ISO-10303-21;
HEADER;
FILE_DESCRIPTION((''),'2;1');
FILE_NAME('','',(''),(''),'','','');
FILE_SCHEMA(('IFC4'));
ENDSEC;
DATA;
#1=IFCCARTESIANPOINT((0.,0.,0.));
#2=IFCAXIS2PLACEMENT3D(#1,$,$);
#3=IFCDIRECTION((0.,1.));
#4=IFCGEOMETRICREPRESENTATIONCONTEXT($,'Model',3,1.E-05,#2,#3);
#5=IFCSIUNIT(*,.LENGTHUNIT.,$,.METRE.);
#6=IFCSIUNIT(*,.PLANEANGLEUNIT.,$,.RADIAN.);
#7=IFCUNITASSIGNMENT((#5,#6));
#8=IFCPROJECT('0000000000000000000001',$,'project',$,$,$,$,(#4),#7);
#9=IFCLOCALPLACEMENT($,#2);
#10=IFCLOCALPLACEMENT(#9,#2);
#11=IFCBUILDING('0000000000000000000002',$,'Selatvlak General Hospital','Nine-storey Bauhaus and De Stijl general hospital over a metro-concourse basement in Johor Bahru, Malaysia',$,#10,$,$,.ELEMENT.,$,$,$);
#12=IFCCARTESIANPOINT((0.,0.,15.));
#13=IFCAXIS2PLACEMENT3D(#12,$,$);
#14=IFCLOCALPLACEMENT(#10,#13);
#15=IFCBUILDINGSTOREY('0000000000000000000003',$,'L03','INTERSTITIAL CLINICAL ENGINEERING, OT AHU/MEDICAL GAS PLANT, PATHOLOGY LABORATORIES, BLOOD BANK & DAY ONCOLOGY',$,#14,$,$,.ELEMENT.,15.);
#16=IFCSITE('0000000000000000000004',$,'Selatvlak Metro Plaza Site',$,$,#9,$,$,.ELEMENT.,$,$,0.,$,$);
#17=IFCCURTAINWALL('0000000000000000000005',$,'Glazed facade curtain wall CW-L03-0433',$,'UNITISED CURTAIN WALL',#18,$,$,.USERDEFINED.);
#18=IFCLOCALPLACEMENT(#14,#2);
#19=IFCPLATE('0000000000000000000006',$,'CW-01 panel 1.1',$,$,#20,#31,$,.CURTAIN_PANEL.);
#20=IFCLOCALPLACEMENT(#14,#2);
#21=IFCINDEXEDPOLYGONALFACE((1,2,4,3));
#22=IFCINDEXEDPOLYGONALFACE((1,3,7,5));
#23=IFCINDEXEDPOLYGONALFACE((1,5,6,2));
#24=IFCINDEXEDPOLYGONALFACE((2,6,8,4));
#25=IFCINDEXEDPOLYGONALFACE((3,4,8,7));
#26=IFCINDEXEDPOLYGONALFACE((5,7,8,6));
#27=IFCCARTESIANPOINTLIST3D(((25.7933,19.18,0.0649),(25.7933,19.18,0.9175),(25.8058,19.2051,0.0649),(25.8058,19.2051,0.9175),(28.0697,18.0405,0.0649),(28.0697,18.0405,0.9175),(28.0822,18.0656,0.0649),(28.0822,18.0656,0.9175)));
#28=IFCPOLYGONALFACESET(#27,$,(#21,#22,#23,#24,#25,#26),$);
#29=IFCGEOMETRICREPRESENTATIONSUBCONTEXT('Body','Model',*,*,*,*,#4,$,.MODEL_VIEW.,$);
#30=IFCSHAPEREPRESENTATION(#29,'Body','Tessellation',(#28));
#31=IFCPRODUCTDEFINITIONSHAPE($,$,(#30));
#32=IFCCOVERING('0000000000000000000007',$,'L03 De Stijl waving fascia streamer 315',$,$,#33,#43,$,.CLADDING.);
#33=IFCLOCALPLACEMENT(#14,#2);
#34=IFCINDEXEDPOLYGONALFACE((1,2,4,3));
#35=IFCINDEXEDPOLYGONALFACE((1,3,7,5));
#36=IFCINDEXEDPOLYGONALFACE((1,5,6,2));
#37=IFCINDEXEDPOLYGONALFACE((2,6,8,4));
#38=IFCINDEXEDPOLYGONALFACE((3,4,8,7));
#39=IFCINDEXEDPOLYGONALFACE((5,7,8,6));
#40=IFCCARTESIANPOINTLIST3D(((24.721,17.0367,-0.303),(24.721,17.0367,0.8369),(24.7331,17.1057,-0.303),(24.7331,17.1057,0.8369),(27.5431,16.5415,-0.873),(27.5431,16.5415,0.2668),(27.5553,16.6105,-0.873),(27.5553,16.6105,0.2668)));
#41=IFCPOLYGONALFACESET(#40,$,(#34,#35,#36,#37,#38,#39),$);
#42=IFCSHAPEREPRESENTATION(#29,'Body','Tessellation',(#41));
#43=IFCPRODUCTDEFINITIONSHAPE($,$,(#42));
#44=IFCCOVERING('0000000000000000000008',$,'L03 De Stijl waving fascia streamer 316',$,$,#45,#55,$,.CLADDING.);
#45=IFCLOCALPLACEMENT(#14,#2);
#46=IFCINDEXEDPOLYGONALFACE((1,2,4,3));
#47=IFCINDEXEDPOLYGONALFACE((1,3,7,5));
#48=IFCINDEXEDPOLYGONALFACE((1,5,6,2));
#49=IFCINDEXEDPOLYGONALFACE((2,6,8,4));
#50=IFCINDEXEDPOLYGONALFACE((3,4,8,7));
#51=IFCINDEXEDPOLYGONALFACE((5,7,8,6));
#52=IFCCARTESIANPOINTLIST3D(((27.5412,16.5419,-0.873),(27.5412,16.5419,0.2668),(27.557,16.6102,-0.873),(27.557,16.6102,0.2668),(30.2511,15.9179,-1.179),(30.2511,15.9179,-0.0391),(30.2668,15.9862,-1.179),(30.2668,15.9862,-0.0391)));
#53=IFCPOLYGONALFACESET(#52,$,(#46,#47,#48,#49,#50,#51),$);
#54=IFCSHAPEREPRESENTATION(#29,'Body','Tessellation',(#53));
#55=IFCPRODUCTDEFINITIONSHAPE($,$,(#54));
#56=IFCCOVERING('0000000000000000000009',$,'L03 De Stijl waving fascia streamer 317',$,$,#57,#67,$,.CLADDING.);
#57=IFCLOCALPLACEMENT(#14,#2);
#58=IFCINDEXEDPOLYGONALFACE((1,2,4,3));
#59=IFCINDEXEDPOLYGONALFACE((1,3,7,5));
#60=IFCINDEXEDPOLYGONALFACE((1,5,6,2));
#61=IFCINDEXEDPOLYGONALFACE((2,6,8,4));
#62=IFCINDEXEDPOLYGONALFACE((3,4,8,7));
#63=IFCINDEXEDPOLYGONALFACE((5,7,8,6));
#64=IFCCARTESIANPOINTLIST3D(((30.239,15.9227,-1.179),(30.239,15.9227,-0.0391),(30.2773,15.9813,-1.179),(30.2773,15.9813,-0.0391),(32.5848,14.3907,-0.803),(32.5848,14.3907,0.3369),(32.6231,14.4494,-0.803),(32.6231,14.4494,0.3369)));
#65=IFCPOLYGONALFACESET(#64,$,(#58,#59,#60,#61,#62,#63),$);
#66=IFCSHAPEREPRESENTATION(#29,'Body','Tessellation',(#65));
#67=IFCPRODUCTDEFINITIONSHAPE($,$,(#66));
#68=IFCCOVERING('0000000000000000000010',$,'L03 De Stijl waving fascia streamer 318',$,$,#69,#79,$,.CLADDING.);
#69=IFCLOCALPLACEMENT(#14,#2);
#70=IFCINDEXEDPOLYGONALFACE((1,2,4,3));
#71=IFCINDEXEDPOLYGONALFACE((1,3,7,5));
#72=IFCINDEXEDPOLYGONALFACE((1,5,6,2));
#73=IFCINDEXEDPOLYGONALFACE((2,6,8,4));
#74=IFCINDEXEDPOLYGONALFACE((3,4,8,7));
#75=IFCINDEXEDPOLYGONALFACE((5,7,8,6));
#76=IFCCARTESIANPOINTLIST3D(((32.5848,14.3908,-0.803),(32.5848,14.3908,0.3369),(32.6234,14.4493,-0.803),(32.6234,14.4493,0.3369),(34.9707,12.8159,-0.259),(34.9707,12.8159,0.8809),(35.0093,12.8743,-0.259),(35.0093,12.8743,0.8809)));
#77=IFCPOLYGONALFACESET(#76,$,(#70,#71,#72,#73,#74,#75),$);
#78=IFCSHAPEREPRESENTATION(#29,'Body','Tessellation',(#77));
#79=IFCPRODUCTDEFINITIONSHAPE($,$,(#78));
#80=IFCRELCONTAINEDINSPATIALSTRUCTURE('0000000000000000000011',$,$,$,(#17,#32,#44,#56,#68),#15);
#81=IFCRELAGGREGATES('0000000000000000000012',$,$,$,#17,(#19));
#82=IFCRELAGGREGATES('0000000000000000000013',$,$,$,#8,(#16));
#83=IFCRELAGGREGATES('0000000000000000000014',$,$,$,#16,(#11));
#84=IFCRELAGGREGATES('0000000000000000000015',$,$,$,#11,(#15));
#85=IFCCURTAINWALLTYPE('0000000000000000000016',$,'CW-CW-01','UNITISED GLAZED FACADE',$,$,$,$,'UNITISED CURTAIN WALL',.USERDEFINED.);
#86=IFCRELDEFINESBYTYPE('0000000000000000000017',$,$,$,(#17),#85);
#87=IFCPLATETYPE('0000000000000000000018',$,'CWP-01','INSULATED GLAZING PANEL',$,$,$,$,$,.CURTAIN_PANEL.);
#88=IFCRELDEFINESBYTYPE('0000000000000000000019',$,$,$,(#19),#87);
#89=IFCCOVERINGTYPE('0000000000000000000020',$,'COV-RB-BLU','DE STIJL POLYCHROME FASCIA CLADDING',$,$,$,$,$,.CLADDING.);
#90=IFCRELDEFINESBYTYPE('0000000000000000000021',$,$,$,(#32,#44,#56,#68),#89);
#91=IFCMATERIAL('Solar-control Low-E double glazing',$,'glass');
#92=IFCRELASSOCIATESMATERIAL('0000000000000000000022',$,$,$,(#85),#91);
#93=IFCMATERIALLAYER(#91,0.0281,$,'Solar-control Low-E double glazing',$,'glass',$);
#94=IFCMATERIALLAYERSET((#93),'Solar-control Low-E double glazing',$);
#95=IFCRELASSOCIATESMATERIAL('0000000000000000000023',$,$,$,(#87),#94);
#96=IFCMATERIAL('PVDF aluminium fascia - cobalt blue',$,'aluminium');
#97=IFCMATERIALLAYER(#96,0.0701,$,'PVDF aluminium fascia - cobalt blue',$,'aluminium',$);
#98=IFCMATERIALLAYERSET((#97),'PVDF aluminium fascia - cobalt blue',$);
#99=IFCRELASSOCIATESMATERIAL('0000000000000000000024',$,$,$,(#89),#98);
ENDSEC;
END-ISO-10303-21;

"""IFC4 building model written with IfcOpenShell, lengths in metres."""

from ifc_helpers import new_model, si_unit, direction, frame, origin, origin_2d, place, context, subcontext, project, spatial, polyline, rectangle, outline, extrude, material, layer, layer_set, type_object, element, aggregate, save


model = new_model("IFC4")

# Units and contexts
model_context = context("Model", 3, precision=1e-05, world=origin(), true_north=direction((0.0, 1.0)))
body_context = subcontext(model_context, "Body", "Model", "MODEL_VIEW")
ifc_project = project(units=[si_unit("LENGTHUNIT", "METRE"), si_unit("PLANEANGLEUNIT", "RADIAN")], contexts=[model_context])

# Site, building, storey
site_placement = place(None, origin())
site = spatial("IfcSite", under=ifc_project, at=site_placement, Name="Selatvlak Metro Plaza Site", CompositionType="ELEMENT", RefElevation=0.0)
building_placement = place(site_placement, origin())
building = spatial("IfcBuilding", under=site, at=building_placement, Name="Selatvlak General Hospital", Description="Nine-storey Bauhaus and De Stijl general hospital over a metro-concourse basement in Johor Bahru, Malaysia", CompositionType="ELEMENT")
storey_placement = place(building_placement, frame((0.0, 0.0, 15.0)))
storey = spatial("IfcBuildingStorey", under=building, at=storey_placement, Name="L03", Description="INTERSTITIAL CLINICAL ENGINEERING, OT AHU/MEDICAL GAS PLANT, PATHOLOGY LABORATORIES, BLOOD BANK & DAY ONCOLOGY", CompositionType="ELEMENT", Elevation=15.0)

# Shared definitions
ifc_material_1 = material(Name="Solar-control Low-E double glazing", Category="glass")
curtain_wall_type_1 = type_object("IfcCurtainWallType", Name="CW-CW-01", Description="UNITISED GLAZED FACADE", ElementType="UNITISED CURTAIN WALL", PredefinedType="USERDEFINED", material=ifc_material_1)

# Curtain wall
curtain_wall_1_placement = place(storey_placement, origin())
curtain_wall_1 = element("IfcCurtainWall", 1, at=curtain_wall_1_placement, inside=storey, type_object=curtain_wall_type_1, Name="Glazed facade curtain wall CW-L03-0433", ObjectType="UNITISED CURTAIN WALL", PredefinedType="USERDEFINED")

# Plate
ifc_layer_1 = layer(ifc_material_1, 0.0281, Name="Solar-control Low-E double glazing", Category="glass")
ifc_layer_set_1 = layer_set([ifc_layer_1], Name="Solar-control Low-E double glazing")
plate_type = type_object("IfcPlateType", Name="CWP-01", Description="INSULATED GLAZING PANEL", PredefinedType="CURTAIN_PANEL", material=ifc_layer_set_1)
plate_1_placement = place(storey_placement, frame((26.9377, 18.6228, 0.0649), z_axis=(0.0, 0.0, 1.0), x_axis=(-0.894238, 0.447592, 0.0)))
plate_1 = element("IfcPlate", 2, at=plate_1_placement, type_object=plate_type, Name="CW-01 panel 1.1", PredefinedType="CURTAIN_PANEL", context=body_context, shape_type="SweptSolid", body=[
    extrude(rectangle(XDim=2.5457, YDim=0.0281, at=origin_2d()), origin(), (0.0, 0.0, 1.0), 0.8525),
])
aggregate(curtain_wall_1, [plate_1])

# Coverings
ifc_material_2 = material(Name="PVDF aluminium fascia - cobalt blue", Category="aluminium")
ifc_layer_2 = layer(ifc_material_2, 0.0701, Name="PVDF aluminium fascia - cobalt blue", Category="aluminium")
ifc_layer_set_2 = layer_set([ifc_layer_2], Name="PVDF aluminium fascia - cobalt blue")
covering_type = type_object("IfcCoveringType", Name="COV-RB-BLU", Description="DE STIJL POLYCHROME FASCIA CLADDING", PredefinedType="CLADDING", material=ifc_layer_set_2)
covering_1_placement = place(storey_placement, frame((24.7271, 17.071, -0.303), z_axis=(0.0, 0.0, 1.0), x_axis=(0.984955, -0.172808, 0.0)))
element("IfcCovering", 3, at=covering_1_placement, inside=storey, type_object=covering_type, Name="L03 De Stijl waving fascia streamer 315", PredefinedType="CLADDING", context=body_context, shape_type="SweptSolid", body=[
    extrude(outline(polyline([(0.0, 0.0), (2.8652, -0.5701), (2.8652, 0.5698), (0.0, 1.1399), (0.0, 0.0)])), frame((0.0, 0.0352, 0.0), z_axis=(0.0, -1.0, 0.0), x_axis=(1.0, 0.0, 0.0)), (0.0, 0.0, 1.0), 0.0701),
])
covering_2_placement = place(storey_placement, frame((27.5491, 16.5759, -0.873), z_axis=(0.0, 0.0, 1.0), x_axis=(0.974498, -0.224398, 0.0)))
element("IfcCovering", 4, at=covering_2_placement, inside=storey, type_object=covering_type, Name="L03 De Stijl waving fascia streamer 316", PredefinedType="CLADDING", context=body_context, shape_type="SweptSolid", body=[
    extrude(outline(polyline([(0.0, 0.0), (2.7808, -0.3059), (2.7808, 0.834), (0.0, 1.1399), (0.0, 0.0)])), frame((0.0, 0.0352, 0.0), z_axis=(0.0, -1.0, 0.0), x_axis=(1.0, 0.0, 0.0)), (0.0, 0.0, 1.0), 0.0701),
])
covering_3_placement = place(storey_placement, frame((30.2581, 15.9519, -1.179), z_axis=(0.0, 0.0, 1.0), x_axis=(0.837281, -0.546773, 0.0)))
element("IfcCovering", 5, at=covering_3_placement, inside=storey, type_object=covering_type, Name="L03 De Stijl waving fascia streamer 317", PredefinedType="CLADDING", context=body_context, shape_type="SweptSolid", body=[
    extrude(outline(polyline([(0.0, 0.0), (2.8018, 0.376), (2.8018, 1.5159), (0.0, 1.1399), (0.0, 0.0)])), frame((0.0, 0.0352, 0.0), z_axis=(0.0, -1.0, 0.0), x_axis=(1.0, 0.0, 0.0)), (0.0, 0.0, 1.0), 0.0701),
])
covering_4_placement = place(storey_placement, frame((32.604, 14.4199, -0.803), z_axis=(0.0, 0.0, 1.0), x_axis=(0.834577, -0.550891, 0.0)))
element("IfcCovering", 6, at=covering_4_placement, inside=storey, type_object=covering_type, Name="L03 De Stijl waving fascia streamer 318", PredefinedType="CLADDING", context=body_context, shape_type="SweptSolid", body=[
    extrude(outline(polyline([(0.0, 0.0), (2.8589, 0.5439), (2.8589, 1.6838), (0.0, 1.1399), (0.0, 0.0)])), frame((0.0, 0.0352, 0.0), z_axis=(0.0, -1.0, 0.0), x_axis=(1.0, 0.0, 0.0)), (0.0, 0.0, 1.0), 0.0701),
])

save(model, "model.ifc")
